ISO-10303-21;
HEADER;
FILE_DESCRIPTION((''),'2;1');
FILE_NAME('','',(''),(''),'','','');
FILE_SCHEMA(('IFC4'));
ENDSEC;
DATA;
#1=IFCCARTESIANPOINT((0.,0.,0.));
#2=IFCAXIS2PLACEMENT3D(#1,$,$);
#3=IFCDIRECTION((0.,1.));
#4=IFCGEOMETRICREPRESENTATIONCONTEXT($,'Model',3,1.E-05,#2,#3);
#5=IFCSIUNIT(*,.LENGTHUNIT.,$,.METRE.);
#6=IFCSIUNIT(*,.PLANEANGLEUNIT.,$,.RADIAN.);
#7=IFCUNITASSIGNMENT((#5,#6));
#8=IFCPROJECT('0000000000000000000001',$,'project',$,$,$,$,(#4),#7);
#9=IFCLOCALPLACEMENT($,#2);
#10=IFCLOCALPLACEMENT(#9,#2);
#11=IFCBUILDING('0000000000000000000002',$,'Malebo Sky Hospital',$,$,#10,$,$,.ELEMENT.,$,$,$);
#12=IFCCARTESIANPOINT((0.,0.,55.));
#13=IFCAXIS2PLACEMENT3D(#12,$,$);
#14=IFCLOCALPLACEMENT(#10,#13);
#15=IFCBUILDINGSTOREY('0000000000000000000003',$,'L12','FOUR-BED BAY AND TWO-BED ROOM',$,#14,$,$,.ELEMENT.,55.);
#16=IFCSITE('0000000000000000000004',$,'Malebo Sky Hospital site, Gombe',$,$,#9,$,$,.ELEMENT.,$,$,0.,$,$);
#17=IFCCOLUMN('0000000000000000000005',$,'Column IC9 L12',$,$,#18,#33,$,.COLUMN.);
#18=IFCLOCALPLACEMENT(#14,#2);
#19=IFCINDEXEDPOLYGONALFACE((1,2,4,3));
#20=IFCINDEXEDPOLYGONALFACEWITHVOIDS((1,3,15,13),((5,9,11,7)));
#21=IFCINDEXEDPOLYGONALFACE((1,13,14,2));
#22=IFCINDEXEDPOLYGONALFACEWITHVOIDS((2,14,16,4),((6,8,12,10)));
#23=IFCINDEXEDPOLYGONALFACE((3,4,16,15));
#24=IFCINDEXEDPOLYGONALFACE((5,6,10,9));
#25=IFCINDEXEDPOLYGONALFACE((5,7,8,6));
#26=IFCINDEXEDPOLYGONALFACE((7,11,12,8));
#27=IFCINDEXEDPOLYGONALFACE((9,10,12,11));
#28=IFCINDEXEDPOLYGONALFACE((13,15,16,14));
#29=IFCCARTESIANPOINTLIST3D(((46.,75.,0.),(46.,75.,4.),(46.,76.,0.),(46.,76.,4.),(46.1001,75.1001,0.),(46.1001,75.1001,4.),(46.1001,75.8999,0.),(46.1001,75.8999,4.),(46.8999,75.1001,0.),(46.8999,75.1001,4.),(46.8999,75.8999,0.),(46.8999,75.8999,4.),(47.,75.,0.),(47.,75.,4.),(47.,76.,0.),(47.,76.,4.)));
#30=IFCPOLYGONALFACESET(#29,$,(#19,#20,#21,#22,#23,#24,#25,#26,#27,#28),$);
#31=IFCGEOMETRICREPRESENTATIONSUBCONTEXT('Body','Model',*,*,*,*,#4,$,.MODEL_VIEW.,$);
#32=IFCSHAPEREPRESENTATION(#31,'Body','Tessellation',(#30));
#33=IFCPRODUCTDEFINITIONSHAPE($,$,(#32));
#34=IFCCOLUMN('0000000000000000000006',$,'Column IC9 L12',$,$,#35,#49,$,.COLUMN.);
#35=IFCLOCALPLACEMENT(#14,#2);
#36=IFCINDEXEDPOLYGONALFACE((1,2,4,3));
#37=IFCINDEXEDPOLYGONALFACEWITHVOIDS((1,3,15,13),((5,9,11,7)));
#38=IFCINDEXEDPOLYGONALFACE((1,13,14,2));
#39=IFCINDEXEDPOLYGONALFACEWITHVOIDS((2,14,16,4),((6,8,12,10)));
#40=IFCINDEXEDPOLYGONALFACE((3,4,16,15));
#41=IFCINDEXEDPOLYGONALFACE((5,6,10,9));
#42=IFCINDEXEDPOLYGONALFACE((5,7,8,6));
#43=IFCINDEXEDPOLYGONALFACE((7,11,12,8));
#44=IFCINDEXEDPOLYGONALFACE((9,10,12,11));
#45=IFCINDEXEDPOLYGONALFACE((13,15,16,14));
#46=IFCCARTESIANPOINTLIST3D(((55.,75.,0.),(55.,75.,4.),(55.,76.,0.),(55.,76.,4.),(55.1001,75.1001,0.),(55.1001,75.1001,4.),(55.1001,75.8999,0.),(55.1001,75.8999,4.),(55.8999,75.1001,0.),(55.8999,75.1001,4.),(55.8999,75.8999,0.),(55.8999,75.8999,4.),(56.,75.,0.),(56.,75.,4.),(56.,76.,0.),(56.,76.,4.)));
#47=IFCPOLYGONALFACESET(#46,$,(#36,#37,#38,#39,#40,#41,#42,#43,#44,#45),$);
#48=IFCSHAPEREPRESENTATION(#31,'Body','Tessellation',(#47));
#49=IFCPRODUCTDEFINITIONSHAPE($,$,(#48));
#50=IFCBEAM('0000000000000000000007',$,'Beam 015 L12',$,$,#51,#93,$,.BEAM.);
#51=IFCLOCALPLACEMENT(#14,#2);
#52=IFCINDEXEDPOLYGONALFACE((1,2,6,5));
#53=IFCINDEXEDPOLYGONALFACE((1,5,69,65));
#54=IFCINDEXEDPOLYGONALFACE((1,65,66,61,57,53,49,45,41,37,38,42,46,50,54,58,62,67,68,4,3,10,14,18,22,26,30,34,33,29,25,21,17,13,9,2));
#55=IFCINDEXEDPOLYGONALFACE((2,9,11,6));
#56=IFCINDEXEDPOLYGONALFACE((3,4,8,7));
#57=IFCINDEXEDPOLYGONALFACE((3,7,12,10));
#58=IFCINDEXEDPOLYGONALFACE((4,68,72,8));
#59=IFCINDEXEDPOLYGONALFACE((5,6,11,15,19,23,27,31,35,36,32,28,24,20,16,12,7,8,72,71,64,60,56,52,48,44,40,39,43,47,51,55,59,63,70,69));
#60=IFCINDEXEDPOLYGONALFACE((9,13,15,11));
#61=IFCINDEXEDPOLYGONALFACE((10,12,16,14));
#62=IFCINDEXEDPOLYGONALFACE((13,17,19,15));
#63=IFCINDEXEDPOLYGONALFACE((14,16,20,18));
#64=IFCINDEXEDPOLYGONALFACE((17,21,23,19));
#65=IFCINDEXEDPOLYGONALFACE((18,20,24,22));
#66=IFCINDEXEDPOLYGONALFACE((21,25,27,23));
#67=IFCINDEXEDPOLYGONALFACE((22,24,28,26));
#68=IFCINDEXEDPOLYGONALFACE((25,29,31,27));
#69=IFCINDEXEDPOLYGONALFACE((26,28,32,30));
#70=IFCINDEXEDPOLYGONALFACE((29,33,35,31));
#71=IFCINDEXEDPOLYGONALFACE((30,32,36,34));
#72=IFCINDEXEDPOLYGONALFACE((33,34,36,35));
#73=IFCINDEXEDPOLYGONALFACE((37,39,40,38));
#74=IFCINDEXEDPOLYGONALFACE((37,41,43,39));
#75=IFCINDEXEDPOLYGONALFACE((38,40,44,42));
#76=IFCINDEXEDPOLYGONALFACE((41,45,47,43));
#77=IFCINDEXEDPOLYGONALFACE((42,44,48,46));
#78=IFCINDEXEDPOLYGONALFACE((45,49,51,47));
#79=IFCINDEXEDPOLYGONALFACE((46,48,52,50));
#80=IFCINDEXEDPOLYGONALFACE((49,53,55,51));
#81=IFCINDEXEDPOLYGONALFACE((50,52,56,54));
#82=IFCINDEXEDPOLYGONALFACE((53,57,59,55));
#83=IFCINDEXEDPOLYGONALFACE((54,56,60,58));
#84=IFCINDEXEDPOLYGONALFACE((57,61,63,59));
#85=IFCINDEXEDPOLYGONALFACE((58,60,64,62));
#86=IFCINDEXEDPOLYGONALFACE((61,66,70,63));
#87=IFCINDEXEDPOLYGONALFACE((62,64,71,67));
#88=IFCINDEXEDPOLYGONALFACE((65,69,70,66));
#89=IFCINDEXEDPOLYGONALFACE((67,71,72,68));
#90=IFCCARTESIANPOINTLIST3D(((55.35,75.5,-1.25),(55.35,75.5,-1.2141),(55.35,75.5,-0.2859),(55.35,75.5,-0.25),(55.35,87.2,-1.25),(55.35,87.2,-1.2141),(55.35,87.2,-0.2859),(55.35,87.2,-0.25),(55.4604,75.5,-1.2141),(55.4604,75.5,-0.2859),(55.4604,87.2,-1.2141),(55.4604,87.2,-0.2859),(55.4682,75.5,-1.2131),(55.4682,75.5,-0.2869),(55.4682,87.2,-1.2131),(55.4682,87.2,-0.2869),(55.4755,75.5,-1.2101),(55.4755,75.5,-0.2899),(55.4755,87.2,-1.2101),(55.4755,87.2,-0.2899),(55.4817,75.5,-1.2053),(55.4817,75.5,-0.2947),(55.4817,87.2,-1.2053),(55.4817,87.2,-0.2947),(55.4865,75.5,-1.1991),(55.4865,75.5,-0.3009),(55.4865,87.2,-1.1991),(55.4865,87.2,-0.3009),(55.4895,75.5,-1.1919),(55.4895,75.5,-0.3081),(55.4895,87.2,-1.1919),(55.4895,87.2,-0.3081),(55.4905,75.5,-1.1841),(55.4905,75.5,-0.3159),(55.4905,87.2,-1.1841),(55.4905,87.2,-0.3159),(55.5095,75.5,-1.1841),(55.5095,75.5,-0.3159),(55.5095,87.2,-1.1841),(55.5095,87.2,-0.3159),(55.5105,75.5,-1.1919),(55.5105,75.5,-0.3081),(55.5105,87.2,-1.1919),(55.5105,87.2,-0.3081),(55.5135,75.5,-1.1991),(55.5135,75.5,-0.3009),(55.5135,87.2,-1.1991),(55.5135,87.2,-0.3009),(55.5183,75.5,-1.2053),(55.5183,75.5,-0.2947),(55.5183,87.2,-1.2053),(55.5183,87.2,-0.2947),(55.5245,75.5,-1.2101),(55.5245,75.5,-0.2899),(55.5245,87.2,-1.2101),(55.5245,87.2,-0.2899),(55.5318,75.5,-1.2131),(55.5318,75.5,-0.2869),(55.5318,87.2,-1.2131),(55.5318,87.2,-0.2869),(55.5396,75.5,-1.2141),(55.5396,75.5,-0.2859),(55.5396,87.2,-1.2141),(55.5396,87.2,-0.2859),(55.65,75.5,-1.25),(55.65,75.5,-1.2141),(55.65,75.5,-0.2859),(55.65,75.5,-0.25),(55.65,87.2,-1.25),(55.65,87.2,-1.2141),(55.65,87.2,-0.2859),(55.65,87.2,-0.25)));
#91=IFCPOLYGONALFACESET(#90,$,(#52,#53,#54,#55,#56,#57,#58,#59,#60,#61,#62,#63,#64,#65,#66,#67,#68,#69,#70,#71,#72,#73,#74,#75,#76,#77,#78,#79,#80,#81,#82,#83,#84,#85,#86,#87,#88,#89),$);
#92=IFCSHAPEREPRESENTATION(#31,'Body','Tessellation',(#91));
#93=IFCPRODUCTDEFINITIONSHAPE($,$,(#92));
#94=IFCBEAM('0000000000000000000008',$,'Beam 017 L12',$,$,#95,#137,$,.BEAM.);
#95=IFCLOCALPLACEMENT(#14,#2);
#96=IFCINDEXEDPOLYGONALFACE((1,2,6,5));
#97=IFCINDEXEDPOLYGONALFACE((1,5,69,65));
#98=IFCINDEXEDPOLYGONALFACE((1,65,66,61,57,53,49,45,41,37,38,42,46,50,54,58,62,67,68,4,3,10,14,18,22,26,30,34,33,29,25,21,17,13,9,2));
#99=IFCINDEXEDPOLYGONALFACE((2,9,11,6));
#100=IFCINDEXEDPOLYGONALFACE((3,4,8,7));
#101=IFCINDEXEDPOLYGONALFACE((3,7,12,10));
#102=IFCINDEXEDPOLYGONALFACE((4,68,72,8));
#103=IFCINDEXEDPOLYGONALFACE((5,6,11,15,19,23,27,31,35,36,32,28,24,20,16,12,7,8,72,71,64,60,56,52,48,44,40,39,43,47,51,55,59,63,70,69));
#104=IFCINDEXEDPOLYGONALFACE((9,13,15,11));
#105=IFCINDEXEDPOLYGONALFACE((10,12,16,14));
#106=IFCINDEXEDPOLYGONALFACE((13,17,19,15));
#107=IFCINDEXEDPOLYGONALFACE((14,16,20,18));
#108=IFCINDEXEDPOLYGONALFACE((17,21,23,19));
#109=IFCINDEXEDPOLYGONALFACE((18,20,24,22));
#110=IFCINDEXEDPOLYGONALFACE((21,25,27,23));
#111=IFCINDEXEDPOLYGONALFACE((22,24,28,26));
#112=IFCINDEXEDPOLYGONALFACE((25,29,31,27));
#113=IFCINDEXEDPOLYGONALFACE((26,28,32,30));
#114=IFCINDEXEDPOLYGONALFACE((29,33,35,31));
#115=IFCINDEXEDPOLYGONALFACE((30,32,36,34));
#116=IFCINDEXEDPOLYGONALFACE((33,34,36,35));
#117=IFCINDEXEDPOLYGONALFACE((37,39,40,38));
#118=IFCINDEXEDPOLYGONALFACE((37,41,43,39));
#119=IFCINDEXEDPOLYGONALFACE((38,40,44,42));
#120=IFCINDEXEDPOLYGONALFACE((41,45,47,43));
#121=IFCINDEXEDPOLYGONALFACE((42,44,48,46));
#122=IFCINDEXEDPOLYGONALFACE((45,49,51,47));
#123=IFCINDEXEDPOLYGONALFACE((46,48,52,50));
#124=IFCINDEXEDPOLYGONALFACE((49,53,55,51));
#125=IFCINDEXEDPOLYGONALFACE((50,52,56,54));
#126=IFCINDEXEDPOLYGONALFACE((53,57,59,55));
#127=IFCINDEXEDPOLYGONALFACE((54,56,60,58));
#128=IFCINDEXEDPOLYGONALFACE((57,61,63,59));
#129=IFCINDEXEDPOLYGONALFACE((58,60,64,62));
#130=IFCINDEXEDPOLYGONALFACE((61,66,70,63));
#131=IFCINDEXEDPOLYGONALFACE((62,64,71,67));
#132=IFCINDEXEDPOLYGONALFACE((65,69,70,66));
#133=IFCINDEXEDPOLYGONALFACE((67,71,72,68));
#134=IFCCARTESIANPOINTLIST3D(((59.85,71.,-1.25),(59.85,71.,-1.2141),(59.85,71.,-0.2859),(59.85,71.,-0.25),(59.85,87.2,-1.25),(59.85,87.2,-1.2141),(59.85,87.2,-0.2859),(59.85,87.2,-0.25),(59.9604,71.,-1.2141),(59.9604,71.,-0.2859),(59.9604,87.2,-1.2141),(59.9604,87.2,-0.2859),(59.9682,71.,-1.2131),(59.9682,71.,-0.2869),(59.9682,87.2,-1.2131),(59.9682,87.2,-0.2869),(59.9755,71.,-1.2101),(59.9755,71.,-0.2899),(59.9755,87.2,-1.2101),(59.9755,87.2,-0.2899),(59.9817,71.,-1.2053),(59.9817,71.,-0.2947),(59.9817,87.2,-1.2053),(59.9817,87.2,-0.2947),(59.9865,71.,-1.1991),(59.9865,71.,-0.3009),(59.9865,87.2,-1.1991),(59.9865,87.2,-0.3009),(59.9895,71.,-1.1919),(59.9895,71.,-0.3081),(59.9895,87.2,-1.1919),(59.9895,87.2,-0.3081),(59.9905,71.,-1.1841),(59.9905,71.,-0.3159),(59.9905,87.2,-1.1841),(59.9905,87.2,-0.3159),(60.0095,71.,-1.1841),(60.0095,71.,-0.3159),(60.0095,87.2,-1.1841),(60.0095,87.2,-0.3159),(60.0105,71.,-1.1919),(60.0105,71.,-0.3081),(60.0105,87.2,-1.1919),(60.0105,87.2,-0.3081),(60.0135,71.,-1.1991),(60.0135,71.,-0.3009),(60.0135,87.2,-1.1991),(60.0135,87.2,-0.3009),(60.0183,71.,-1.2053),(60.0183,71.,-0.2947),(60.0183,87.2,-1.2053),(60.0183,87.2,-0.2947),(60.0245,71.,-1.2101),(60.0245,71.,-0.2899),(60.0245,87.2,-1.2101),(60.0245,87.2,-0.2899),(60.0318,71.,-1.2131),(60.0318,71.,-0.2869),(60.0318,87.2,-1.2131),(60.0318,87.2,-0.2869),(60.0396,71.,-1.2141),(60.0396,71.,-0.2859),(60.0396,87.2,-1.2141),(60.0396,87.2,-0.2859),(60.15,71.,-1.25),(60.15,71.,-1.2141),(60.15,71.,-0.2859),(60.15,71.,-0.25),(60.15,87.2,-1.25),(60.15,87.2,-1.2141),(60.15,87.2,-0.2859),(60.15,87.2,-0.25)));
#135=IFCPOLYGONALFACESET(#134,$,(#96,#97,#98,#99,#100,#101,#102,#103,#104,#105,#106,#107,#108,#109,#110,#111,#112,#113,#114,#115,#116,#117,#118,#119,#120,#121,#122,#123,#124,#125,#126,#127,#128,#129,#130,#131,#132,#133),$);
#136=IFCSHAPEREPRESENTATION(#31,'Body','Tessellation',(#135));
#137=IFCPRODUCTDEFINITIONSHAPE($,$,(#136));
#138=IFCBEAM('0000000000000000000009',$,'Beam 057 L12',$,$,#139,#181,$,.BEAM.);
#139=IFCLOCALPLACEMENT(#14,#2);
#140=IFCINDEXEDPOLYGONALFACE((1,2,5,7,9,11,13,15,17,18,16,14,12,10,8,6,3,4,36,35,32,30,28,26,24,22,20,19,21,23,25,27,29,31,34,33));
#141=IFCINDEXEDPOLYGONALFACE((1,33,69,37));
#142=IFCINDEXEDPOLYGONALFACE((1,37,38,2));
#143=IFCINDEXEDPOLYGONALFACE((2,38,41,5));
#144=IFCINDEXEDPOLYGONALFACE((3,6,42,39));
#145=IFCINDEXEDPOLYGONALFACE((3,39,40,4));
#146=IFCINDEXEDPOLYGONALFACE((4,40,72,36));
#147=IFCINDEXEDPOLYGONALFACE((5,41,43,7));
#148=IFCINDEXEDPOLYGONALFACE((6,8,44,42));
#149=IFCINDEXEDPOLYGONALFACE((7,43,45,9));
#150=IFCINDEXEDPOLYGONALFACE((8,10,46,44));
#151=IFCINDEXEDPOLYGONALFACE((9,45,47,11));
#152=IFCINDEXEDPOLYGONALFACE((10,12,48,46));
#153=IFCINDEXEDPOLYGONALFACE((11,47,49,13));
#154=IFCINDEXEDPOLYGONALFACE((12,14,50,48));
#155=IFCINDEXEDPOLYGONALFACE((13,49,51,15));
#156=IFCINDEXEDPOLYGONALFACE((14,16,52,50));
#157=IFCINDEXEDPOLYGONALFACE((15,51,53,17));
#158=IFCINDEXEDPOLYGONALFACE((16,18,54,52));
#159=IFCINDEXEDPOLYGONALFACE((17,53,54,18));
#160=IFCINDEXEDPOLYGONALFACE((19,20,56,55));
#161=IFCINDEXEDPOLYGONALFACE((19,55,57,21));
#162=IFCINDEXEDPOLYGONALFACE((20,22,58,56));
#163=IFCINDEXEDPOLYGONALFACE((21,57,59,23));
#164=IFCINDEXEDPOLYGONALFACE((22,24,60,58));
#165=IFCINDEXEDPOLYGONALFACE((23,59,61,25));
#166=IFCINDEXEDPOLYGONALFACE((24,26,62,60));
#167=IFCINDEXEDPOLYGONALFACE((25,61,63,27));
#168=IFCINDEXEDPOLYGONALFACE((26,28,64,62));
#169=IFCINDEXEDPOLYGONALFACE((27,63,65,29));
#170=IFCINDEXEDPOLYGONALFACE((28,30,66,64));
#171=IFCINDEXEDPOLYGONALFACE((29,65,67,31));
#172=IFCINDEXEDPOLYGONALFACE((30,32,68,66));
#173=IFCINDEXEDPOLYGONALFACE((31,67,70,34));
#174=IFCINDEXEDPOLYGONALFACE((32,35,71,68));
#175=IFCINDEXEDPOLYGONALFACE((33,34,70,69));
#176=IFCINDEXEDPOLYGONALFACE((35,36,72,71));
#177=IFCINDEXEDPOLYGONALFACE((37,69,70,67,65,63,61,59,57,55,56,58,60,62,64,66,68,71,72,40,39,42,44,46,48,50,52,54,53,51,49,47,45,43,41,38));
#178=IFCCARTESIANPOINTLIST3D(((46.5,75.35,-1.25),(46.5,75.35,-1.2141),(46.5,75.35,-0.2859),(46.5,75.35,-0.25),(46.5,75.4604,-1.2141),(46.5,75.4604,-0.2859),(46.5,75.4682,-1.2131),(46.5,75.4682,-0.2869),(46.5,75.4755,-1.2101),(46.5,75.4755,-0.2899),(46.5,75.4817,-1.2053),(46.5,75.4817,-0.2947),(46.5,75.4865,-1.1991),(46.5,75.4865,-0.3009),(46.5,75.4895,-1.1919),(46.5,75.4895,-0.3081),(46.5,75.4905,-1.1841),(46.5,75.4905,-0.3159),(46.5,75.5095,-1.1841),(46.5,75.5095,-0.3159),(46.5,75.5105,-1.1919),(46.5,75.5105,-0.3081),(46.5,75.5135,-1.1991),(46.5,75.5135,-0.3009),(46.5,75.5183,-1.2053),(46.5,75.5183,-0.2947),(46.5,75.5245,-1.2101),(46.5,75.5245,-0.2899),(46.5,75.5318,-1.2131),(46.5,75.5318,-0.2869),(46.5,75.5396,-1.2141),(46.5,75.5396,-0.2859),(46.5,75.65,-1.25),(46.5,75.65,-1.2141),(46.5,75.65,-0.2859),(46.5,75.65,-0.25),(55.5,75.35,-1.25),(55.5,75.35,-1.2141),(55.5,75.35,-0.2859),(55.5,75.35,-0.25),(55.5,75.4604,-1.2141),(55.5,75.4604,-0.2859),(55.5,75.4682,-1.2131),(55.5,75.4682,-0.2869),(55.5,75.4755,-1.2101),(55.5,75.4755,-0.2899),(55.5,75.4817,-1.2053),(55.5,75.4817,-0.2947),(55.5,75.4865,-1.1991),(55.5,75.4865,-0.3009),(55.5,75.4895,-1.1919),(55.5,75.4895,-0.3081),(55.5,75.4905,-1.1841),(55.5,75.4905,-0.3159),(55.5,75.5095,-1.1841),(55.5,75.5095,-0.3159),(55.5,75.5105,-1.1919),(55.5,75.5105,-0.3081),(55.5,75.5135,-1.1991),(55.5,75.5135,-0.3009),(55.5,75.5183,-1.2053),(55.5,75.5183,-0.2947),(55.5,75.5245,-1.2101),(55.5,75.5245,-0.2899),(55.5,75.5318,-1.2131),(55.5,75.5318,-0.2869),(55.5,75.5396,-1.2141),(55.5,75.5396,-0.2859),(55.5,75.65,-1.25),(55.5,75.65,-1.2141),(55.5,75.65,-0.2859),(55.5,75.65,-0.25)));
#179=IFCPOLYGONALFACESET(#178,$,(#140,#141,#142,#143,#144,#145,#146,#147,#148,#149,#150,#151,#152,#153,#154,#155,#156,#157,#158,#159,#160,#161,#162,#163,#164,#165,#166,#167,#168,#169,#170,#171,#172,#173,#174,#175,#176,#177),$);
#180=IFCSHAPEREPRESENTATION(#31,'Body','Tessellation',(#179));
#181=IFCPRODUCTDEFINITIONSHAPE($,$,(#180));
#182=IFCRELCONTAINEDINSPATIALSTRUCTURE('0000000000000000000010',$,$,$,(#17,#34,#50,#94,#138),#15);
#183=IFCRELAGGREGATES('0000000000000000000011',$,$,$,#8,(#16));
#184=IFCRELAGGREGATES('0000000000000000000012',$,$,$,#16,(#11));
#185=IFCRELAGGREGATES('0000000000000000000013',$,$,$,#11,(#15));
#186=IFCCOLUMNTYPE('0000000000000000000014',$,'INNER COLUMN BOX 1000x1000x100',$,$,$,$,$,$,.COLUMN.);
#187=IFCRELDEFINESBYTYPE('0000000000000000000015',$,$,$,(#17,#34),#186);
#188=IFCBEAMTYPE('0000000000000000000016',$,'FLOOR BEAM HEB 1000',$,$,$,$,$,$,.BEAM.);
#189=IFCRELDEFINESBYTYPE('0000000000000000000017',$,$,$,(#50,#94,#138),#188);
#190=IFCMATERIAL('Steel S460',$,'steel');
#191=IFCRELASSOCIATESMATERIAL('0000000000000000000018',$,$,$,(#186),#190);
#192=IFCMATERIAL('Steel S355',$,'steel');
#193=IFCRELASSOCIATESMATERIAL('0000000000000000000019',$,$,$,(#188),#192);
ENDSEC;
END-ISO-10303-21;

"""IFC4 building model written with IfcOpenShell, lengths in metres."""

from ifc_helpers import new_model, si_unit, direction, frame, origin, origin_2d, place, context, subcontext, project, spatial, hollow_rectangle, i_section, extrude, material, material_profile, profile_set, type_object, element, save


model = new_model("IFC4")

# Units and contexts
model_context = context("Model", 3, precision=1e-05, world=origin(), true_north=direction((0.0, 1.0)))
body_context = subcontext(model_context, "Body", "Model", "MODEL_VIEW")
ifc_project = project(units=[si_unit("LENGTHUNIT", "METRE"), si_unit("PLANEANGLEUNIT", "RADIAN")], contexts=[model_context])

# Site, building, storey
site_placement = place(None, origin())
site = spatial("IfcSite", under=ifc_project, at=site_placement, Name="Malebo Sky Hospital site, Gombe", CompositionType="ELEMENT", RefElevation=0.0)
building_placement = place(site_placement, origin())
building = spatial("IfcBuilding", under=site, at=building_placement, Name="Malebo Sky Hospital", CompositionType="ELEMENT")
storey_placement = place(building_placement, frame((0.0, 0.0, 55.0)))
storey = spatial("IfcBuildingStorey", under=building, at=storey_placement, Name="L12", Description="FOUR-BED BAY AND TWO-BED ROOM", CompositionType="ELEMENT", Elevation=55.0)

# Columns
ifc_material_1 = material(Name="Steel S460", Category="steel")
ifc_material_profile_1 = material_profile(ifc_material_1, hollow_rectangle(XDim=1.0, YDim=1.0, WallThickness=0.1001, at=origin_2d()), Name="BOX 1000x1000x100")
ifc_profile_set_1 = profile_set([ifc_material_profile_1], Name="Steel S460")
column_type = type_object("IfcColumnType", Name="INNER COLUMN BOX 1000x1000x100", PredefinedType="COLUMN", material=ifc_profile_set_1)
for number, where, z_axis, x_axis, name in (
    (1, (46.5, 75.5, 0.0), (0.0, 0.0, 1.0), (1.0, 0.0, 0.0), "Column IC9 L12"),
    (2, (55.5, 75.5, 0.0), (0.0, 0.0, 1.0), (1.0, 0.0, 0.0), "Column IC9 L12"),
):
    element("IfcColumn", number, at=place(storey_placement, frame(where, z_axis=z_axis, x_axis=x_axis)), inside=storey, type_object=column_type, Name=name, PredefinedType="COLUMN", context=body_context, shape_type="SweptSolid", body=[
        extrude(hollow_rectangle(XDim=1.0, YDim=1.0, WallThickness=0.1001, at=origin_2d()), origin(), (0.0, 0.0, 1.0), 4.0),
    ])

# Beams
ifc_material_2 = material(Name="Steel S355", Category="steel")
ifc_material_profile_2 = material_profile(ifc_material_2, i_section(OverallWidth=0.3, OverallDepth=1.0, WebThickness=0.019, FlangeThickness=0.0359, FilletRadius=0.03, at=origin_2d()), Name="HEB 1000")
ifc_profile_set_2 = profile_set([ifc_material_profile_2], Name="Steel S355")
beam_type_1 = type_object("IfcBeamType", Name="FLOOR BEAM HEB 1000", PredefinedType="BEAM", material=ifc_profile_set_2)
beam_1_placement = place(storey_placement, frame((55.5, 75.5, -0.75), z_axis=(0.0, 1.0, 0.0), x_axis=(-1.0, 0.0, 0.0)))
element("IfcBeam", 3, at=beam_1_placement, inside=storey, type_object=beam_type_1, Name="Beam 015 L12", PredefinedType="BEAM", context=body_context, shape_type="SweptSolid", body=[
    extrude(i_section(OverallWidth=0.3, OverallDepth=1.0, WebThickness=0.019, FlangeThickness=0.0359, FilletRadius=0.03, at=origin_2d()), origin(), (0.0, 0.0, 1.0), 11.7),
])
beam_2_placement = place(storey_placement, frame((60.0, 71.0, -0.75), z_axis=(0.0, 1.0, 0.0), x_axis=(-1.0, 0.0, 0.0)))
element("IfcBeam", 4, at=beam_2_placement, inside=storey, type_object=beam_type_1, Name="Beam 017 L12", PredefinedType="BEAM", context=body_context, shape_type="SweptSolid", body=[
    extrude(i_section(OverallWidth=0.3, OverallDepth=1.0, WebThickness=0.019, FlangeThickness=0.0359, FilletRadius=0.03, at=origin_2d()), origin(), (0.0, 0.0, 1.0), 16.2),
])
beam_3_placement = place(storey_placement, frame((46.5, 75.5, -0.75), z_axis=(1.0, 0.0, 0.0), x_axis=(0.0, 1.0, 0.0)))
element("IfcBeam", 5, at=beam_3_placement, inside=storey, type_object=beam_type_1, Name="Beam 057 L12", PredefinedType="BEAM", context=body_context, shape_type="SweptSolid", body=[
    extrude(i_section(OverallWidth=0.3, OverallDepth=1.0, WebThickness=0.019, FlangeThickness=0.0359, FilletRadius=0.03, at=origin_2d()), origin(), (0.0, 0.0, 1.0), 9.0),
])

save(model, "model.ifc")
